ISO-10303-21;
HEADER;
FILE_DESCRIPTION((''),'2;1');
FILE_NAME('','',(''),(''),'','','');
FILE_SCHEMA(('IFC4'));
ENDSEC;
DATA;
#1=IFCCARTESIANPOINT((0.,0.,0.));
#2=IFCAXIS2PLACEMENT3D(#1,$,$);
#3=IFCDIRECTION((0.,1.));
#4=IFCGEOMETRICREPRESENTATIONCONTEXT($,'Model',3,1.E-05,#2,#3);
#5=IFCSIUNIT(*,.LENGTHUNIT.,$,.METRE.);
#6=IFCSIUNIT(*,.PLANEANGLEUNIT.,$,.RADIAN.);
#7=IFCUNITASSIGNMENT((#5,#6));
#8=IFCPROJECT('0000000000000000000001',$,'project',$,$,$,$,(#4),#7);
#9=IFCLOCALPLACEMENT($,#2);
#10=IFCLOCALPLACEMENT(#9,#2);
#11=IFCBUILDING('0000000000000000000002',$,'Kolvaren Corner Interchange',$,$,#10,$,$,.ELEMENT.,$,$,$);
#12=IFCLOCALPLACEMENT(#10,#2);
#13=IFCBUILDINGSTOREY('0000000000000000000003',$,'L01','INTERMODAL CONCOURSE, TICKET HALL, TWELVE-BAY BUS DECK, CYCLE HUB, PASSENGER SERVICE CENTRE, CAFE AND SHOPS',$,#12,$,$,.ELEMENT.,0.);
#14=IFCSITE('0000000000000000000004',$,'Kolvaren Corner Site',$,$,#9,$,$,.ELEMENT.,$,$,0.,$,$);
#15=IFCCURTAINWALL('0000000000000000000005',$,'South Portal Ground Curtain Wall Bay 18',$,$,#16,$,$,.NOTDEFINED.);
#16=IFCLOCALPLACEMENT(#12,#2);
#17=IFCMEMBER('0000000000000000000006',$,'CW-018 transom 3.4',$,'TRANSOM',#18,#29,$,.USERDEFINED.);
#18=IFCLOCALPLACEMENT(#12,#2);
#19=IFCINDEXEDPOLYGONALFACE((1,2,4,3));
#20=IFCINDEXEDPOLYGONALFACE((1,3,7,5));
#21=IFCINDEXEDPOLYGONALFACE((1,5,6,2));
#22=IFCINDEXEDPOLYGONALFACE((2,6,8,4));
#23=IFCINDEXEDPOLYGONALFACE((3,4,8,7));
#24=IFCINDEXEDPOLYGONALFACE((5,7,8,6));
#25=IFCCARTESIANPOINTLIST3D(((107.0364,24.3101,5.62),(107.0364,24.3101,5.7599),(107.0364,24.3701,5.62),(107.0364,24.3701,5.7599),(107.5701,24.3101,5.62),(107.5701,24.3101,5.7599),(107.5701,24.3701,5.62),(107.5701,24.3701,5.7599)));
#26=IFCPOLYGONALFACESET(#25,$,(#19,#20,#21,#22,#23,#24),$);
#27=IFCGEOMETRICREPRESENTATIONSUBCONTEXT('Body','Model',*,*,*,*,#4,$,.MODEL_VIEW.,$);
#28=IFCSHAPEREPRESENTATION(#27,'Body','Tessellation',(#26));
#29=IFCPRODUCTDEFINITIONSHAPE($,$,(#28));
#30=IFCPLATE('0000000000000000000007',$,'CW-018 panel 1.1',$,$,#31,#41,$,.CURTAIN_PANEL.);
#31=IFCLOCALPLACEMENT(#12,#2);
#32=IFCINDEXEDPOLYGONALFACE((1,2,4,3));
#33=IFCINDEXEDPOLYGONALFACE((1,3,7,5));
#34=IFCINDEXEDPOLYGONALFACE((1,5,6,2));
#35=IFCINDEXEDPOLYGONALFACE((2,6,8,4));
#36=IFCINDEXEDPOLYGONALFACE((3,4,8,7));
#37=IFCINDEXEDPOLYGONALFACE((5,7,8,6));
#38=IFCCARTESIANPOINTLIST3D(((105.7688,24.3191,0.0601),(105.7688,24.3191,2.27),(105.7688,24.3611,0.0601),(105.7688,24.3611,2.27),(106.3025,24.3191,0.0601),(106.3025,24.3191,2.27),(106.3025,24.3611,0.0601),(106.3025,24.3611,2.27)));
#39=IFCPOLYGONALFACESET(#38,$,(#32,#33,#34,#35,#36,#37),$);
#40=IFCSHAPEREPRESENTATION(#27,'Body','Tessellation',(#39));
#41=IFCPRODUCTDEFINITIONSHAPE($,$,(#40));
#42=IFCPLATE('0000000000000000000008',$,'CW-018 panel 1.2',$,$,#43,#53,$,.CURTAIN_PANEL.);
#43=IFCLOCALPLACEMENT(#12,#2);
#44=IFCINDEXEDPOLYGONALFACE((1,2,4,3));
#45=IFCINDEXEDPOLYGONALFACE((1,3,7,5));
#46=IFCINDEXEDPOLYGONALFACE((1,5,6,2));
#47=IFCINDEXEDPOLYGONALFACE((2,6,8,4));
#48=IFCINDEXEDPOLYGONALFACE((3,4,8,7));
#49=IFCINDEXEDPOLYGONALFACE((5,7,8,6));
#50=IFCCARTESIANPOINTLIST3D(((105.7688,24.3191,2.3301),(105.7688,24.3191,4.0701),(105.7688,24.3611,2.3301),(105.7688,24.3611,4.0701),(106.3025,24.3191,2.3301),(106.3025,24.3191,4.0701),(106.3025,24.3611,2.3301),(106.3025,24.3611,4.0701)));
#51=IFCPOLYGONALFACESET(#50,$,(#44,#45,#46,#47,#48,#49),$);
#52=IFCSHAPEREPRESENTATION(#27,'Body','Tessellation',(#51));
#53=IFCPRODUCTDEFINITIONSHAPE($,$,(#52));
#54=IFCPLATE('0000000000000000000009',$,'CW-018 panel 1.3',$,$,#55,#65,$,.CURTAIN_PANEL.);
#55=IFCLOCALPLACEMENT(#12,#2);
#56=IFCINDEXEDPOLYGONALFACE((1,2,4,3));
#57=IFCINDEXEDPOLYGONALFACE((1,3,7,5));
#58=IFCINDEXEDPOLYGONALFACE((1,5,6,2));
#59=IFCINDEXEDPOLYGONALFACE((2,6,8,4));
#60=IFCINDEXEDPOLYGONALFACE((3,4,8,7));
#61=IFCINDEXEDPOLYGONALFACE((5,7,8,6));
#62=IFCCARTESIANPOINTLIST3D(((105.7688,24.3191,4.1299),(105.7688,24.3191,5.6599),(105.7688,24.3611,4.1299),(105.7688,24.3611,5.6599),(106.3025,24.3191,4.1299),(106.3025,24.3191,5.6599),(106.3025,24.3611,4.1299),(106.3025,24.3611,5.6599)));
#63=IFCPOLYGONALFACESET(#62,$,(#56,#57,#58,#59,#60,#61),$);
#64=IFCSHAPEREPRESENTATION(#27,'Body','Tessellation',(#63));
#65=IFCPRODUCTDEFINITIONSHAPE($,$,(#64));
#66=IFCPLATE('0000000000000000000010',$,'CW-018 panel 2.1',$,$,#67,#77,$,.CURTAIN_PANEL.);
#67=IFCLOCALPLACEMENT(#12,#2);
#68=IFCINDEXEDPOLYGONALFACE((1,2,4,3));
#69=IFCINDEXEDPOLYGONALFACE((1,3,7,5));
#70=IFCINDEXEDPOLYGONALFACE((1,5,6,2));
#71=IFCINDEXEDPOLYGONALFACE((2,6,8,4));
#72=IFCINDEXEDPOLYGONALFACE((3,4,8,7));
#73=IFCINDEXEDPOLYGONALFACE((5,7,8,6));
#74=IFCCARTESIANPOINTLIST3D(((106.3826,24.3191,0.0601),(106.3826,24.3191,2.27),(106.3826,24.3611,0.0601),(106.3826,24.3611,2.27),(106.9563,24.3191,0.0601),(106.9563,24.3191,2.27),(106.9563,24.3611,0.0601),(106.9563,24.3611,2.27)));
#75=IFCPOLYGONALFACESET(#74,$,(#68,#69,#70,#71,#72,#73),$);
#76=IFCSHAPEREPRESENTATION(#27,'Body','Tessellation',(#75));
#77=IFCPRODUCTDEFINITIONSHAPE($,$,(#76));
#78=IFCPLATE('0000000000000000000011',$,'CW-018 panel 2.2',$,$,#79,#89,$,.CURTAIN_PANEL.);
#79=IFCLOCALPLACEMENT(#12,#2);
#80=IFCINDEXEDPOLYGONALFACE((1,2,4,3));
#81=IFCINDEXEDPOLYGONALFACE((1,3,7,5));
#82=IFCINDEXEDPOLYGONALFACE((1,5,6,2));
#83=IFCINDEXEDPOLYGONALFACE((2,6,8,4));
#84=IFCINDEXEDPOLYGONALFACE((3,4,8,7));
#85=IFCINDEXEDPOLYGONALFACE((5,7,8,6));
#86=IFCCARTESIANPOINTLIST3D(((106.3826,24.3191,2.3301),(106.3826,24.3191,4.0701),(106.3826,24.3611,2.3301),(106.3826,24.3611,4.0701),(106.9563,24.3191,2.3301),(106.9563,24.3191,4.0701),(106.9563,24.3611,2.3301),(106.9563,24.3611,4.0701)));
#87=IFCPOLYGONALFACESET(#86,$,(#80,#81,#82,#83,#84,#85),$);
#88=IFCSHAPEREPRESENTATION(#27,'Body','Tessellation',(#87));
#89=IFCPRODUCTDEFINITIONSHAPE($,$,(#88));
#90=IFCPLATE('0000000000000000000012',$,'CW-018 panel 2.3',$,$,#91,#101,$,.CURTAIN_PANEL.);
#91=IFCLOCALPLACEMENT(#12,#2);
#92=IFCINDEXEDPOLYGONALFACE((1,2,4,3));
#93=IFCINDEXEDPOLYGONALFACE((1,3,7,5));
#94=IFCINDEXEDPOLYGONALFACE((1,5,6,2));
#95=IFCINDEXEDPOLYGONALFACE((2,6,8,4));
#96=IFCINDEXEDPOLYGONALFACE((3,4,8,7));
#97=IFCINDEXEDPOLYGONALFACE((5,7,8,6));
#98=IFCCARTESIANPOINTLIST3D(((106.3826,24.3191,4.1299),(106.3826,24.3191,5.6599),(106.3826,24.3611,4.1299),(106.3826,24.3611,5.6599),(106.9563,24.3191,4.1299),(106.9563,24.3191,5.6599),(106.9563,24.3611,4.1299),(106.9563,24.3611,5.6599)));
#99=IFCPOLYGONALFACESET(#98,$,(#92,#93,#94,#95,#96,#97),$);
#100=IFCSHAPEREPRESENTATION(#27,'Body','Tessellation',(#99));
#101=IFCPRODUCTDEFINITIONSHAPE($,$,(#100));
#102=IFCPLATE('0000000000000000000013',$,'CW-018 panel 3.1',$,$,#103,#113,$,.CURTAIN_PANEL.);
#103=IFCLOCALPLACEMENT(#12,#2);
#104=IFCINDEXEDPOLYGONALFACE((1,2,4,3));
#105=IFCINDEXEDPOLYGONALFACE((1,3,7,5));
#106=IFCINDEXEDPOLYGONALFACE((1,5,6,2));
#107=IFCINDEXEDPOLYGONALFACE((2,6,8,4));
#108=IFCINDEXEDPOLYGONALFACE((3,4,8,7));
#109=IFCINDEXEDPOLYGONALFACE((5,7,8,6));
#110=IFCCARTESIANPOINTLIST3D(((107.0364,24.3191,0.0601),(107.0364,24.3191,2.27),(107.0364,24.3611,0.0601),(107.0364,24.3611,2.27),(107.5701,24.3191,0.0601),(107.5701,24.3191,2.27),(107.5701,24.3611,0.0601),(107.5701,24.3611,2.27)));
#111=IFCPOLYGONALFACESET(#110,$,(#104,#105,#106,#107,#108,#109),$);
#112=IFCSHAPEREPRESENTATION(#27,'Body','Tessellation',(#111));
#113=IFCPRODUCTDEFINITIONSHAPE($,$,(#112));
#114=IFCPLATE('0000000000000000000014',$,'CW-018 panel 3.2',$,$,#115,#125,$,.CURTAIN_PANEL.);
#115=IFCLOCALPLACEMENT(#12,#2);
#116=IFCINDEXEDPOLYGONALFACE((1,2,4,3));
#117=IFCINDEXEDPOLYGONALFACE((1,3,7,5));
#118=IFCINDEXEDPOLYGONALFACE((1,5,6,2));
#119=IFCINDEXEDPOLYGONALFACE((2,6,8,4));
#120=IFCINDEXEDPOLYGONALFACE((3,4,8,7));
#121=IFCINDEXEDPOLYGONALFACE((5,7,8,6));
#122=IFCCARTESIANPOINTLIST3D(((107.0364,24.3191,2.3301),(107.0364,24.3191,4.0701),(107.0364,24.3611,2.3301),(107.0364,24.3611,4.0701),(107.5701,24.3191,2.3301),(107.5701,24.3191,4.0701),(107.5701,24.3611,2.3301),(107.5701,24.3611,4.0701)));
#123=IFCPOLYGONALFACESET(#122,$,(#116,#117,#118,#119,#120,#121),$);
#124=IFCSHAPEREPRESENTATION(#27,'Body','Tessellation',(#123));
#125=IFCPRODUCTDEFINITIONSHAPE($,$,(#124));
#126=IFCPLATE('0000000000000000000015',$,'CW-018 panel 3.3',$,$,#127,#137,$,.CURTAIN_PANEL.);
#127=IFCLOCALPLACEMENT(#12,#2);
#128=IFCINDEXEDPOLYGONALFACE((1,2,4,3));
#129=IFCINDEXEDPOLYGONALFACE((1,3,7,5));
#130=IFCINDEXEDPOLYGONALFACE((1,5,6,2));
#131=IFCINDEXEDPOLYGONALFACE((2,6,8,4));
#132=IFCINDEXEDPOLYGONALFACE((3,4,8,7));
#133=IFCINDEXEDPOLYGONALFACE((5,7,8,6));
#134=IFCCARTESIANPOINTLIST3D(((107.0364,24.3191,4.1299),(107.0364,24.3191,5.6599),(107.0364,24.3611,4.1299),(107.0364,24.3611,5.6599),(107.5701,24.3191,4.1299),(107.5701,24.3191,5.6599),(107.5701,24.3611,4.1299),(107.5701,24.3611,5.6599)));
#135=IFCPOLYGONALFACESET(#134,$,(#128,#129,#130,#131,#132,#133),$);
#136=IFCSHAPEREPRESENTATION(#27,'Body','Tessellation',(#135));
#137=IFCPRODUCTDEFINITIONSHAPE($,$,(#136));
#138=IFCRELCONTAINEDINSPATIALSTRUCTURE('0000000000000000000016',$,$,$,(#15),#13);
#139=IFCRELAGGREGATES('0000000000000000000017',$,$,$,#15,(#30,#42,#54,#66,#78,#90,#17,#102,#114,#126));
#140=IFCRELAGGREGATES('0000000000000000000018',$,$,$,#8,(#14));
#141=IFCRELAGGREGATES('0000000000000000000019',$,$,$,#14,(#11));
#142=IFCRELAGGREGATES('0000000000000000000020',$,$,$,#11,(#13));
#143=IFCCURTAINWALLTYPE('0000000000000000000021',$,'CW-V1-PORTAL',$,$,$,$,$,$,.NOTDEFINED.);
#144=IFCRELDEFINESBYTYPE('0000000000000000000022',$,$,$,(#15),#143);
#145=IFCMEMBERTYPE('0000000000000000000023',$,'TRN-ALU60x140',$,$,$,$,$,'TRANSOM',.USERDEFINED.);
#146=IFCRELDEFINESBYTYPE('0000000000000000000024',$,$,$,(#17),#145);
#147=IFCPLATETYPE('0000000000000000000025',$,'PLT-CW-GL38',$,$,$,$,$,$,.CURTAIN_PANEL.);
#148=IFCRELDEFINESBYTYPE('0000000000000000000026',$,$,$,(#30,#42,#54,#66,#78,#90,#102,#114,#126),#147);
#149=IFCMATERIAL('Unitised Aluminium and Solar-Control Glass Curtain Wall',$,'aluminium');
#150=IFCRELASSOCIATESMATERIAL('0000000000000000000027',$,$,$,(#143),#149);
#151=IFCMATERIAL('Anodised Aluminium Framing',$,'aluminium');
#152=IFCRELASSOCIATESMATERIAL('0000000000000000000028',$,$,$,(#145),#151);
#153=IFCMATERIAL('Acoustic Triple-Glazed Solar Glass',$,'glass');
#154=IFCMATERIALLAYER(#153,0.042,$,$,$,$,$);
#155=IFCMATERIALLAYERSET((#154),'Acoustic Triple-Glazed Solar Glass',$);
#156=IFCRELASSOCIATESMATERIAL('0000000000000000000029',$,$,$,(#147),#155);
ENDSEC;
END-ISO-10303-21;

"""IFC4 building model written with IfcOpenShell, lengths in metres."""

from ifc_helpers import new_model, si_unit, direction, frame, origin, origin_2d, place, context, subcontext, project, spatial, rectangle, extrude, material, layer, layer_set, material_profile, profile_set, type_object, element, aggregate, save


model = new_model("IFC4")

# Units and contexts
model_context = context("Model", 3, precision=1e-05, world=origin(), true_north=direction((0.0, 1.0)))
body_context = subcontext(model_context, "Body", "Model", "MODEL_VIEW")
ifc_project = project(units=[si_unit("LENGTHUNIT", "METRE"), si_unit("PLANEANGLEUNIT", "RADIAN")], contexts=[model_context])

# Site, building, storey
site_placement = place(None, origin())
site = spatial("IfcSite", under=ifc_project, at=site_placement, Name="Kolvaren Corner Site", CompositionType="ELEMENT", RefElevation=0.0)
building_placement = place(site_placement, origin())
building = spatial("IfcBuilding", under=site, at=building_placement, Name="Kolvaren Corner Interchange", CompositionType="ELEMENT")
storey_placement = place(building_placement, origin())
storey = spatial("IfcBuildingStorey", under=building, at=storey_placement, Name="L01", Description="INTERMODAL CONCOURSE, TICKET HALL, TWELVE-BAY BUS DECK, CYCLE HUB, PASSENGER SERVICE CENTRE, CAFE AND SHOPS", CompositionType="ELEMENT", Elevation=0.0)

# Curtain wall, member, plates
ifc_material_1 = material(Name="Unitised Aluminium and Solar-Control Glass Curtain Wall", Category="aluminium")
curtain_wall_type = type_object("IfcCurtainWallType", Name="CW-V1-PORTAL", PredefinedType="NOTDEFINED", material=ifc_material_1)
curtain_wall_placement = place(storey_placement, origin())
curtain_wall = element("IfcCurtainWall", 1, at=curtain_wall_placement, inside=storey, type_object=curtain_wall_type, Name="South Portal Ground Curtain Wall Bay 18", PredefinedType="NOTDEFINED")
ifc_material_2 = material(Name="Anodised Aluminium Framing", Category="aluminium")
ifc_material_profile_1 = material_profile(ifc_material_2, rectangle(XDim=0.0601, YDim=0.1399, at=origin_2d()), Name="ALU 60x140")
ifc_profile_set_1 = profile_set([ifc_material_profile_1], Name="Anodised Aluminium Framing")
member_type_1 = type_object("IfcMemberType", Name="TRN-ALU60x140", ElementType="TRANSOM", PredefinedType="USERDEFINED", material=ifc_profile_set_1)
member_1_placement = place(storey_placement, frame((107.0364, 24.3401, 5.6899), z_axis=(1.0, 0.0, 0.0), x_axis=(0.0, 1.0, 0.0)))
member_1 = element("IfcMember", 2, at=member_1_placement, type_object=member_type_1, Name="CW-018 transom 3.4", ObjectType="TRANSOM", PredefinedType="USERDEFINED", context=body_context, shape_type="SweptSolid", body=[
    extrude(rectangle(XDim=0.0601, YDim=0.1399, at=origin_2d()), origin(), (0.0, 0.0, 1.0), 0.5337),
])
ifc_material_3 = material(Name="Acoustic Triple-Glazed Solar Glass", Category="glass")
ifc_layer = layer(ifc_material_3, 0.042)
ifc_layer_set = layer_set([ifc_layer], Name="Acoustic Triple-Glazed Solar Glass")
plate_type = type_object("IfcPlateType", Name="PLT-CW-GL38", PredefinedType="CURTAIN_PANEL", material=ifc_layer_set)
plate_1_placement = place(storey_placement, frame((106.0356, 24.3401, 0.0601), z_axis=(0.0, 0.0, 1.0), x_axis=(1.0, 0.0, 0.0)))
plate_1 = element("IfcPlate", 3, at=plate_1_placement, type_object=plate_type, Name="CW-018 panel 1.1", PredefinedType="CURTAIN_PANEL", context=body_context, shape_type="SweptSolid", body=[
    extrude(rectangle(XDim=0.5337, YDim=0.042, at=origin_2d()), origin(), (0.0, 0.0, 1.0), 2.21),
])
plate_2_placement = place(storey_placement, frame((106.0356, 24.3401, 2.3301), z_axis=(0.0, 0.0, 1.0), x_axis=(1.0, 0.0, 0.0)))
plate_2 = element("IfcPlate", 4, at=plate_2_placement, type_object=plate_type, Name="CW-018 panel 1.2", PredefinedType="CURTAIN_PANEL", context=body_context, shape_type="SweptSolid", body=[
    extrude(rectangle(XDim=0.5337, YDim=0.042, at=origin_2d()), origin(), (0.0, 0.0, 1.0), 1.74),
])
plate_3_placement = place(storey_placement, frame((106.0356, 24.3401, 4.1299), z_axis=(0.0, 0.0, 1.0), x_axis=(1.0, 0.0, 0.0)))
plate_3 = element("IfcPlate", 5, at=plate_3_placement, type_object=plate_type, Name="CW-018 panel 1.3", PredefinedType="CURTAIN_PANEL", context=body_context, shape_type="SweptSolid", body=[
    extrude(rectangle(XDim=0.5337, YDim=0.042, at=origin_2d()), origin(), (0.0, 0.0, 1.0), 1.53),
])
plate_4_placement = place(storey_placement, frame((106.6694, 24.3401, 0.0601), z_axis=(0.0, 0.0, 1.0), x_axis=(1.0, 0.0, 0.0)))
plate_4 = element("IfcPlate", 6, at=plate_4_placement, type_object=plate_type, Name="CW-018 panel 2.1", PredefinedType="CURTAIN_PANEL", context=body_context, shape_type="SweptSolid", body=[
    extrude(rectangle(XDim=0.5737, YDim=0.042, at=origin_2d()), origin(), (0.0, 0.0, 1.0), 2.21),
])
plate_5_placement = place(storey_placement, frame((106.6694, 24.3401, 2.3301), z_axis=(0.0, 0.0, 1.0), x_axis=(1.0, 0.0, 0.0)))
plate_5 = element("IfcPlate", 7, at=plate_5_placement, type_object=plate_type, Name="CW-018 panel 2.2", PredefinedType="CURTAIN_PANEL", context=body_context, shape_type="SweptSolid", body=[
    extrude(rectangle(XDim=0.5737, YDim=0.042, at=origin_2d()), origin(), (0.0, 0.0, 1.0), 1.74),
])
plate_6_placement = place(storey_placement, frame((106.6694, 24.3401, 4.1299), z_axis=(0.0, 0.0, 1.0), x_axis=(1.0, 0.0, 0.0)))
plate_6 = element("IfcPlate", 8, at=plate_6_placement, type_object=plate_type, Name="CW-018 panel 2.3", PredefinedType="CURTAIN_PANEL", context=body_context, shape_type="SweptSolid", body=[
    extrude(rectangle(XDim=0.5737, YDim=0.042, at=origin_2d()), origin(), (0.0, 0.0, 1.0), 1.53),
])
plate_7_placement = place(storey_placement, frame((107.3032, 24.3401, 0.0601), z_axis=(0.0, 0.0, 1.0), x_axis=(1.0, 0.0, 0.0)))
plate_7 = element("IfcPlate", 9, at=plate_7_placement, type_object=plate_type, Name="CW-018 panel 3.1", PredefinedType="CURTAIN_PANEL", context=body_context, shape_type="SweptSolid", body=[
    extrude(rectangle(XDim=0.5337, YDim=0.042, at=origin_2d()), origin(), (0.0, 0.0, 1.0), 2.21),
])
plate_8_placement = place(storey_placement, frame((107.3032, 24.3401, 2.3301), z_axis=(0.0, 0.0, 1.0), x_axis=(1.0, 0.0, 0.0)))
plate_8 = element("IfcPlate", 10, at=plate_8_placement, type_object=plate_type, Name="CW-018 panel 3.2", PredefinedType="CURTAIN_PANEL", context=body_context, shape_type="SweptSolid", body=[
    extrude(rectangle(XDim=0.5337, YDim=0.042, at=origin_2d()), origin(), (0.0, 0.0, 1.0), 1.74),
])
plate_9_placement = place(storey_placement, frame((107.3032, 24.3401, 4.1299), z_axis=(0.0, 0.0, 1.0), x_axis=(1.0, 0.0, 0.0)))
plate_9 = element("IfcPlate", 11, at=plate_9_placement, type_object=plate_type, Name="CW-018 panel 3.3", PredefinedType="CURTAIN_PANEL", context=body_context, shape_type="SweptSolid", body=[
    extrude(rectangle(XDim=0.5337, YDim=0.042, at=origin_2d()), origin(), (0.0, 0.0, 1.0), 1.53),
])
aggregate(curtain_wall, [plate_1, plate_2, plate_3, plate_4, plate_5, plate_6, member_1, plate_7, plate_8, plate_9])

save(model, "model.ifc")
